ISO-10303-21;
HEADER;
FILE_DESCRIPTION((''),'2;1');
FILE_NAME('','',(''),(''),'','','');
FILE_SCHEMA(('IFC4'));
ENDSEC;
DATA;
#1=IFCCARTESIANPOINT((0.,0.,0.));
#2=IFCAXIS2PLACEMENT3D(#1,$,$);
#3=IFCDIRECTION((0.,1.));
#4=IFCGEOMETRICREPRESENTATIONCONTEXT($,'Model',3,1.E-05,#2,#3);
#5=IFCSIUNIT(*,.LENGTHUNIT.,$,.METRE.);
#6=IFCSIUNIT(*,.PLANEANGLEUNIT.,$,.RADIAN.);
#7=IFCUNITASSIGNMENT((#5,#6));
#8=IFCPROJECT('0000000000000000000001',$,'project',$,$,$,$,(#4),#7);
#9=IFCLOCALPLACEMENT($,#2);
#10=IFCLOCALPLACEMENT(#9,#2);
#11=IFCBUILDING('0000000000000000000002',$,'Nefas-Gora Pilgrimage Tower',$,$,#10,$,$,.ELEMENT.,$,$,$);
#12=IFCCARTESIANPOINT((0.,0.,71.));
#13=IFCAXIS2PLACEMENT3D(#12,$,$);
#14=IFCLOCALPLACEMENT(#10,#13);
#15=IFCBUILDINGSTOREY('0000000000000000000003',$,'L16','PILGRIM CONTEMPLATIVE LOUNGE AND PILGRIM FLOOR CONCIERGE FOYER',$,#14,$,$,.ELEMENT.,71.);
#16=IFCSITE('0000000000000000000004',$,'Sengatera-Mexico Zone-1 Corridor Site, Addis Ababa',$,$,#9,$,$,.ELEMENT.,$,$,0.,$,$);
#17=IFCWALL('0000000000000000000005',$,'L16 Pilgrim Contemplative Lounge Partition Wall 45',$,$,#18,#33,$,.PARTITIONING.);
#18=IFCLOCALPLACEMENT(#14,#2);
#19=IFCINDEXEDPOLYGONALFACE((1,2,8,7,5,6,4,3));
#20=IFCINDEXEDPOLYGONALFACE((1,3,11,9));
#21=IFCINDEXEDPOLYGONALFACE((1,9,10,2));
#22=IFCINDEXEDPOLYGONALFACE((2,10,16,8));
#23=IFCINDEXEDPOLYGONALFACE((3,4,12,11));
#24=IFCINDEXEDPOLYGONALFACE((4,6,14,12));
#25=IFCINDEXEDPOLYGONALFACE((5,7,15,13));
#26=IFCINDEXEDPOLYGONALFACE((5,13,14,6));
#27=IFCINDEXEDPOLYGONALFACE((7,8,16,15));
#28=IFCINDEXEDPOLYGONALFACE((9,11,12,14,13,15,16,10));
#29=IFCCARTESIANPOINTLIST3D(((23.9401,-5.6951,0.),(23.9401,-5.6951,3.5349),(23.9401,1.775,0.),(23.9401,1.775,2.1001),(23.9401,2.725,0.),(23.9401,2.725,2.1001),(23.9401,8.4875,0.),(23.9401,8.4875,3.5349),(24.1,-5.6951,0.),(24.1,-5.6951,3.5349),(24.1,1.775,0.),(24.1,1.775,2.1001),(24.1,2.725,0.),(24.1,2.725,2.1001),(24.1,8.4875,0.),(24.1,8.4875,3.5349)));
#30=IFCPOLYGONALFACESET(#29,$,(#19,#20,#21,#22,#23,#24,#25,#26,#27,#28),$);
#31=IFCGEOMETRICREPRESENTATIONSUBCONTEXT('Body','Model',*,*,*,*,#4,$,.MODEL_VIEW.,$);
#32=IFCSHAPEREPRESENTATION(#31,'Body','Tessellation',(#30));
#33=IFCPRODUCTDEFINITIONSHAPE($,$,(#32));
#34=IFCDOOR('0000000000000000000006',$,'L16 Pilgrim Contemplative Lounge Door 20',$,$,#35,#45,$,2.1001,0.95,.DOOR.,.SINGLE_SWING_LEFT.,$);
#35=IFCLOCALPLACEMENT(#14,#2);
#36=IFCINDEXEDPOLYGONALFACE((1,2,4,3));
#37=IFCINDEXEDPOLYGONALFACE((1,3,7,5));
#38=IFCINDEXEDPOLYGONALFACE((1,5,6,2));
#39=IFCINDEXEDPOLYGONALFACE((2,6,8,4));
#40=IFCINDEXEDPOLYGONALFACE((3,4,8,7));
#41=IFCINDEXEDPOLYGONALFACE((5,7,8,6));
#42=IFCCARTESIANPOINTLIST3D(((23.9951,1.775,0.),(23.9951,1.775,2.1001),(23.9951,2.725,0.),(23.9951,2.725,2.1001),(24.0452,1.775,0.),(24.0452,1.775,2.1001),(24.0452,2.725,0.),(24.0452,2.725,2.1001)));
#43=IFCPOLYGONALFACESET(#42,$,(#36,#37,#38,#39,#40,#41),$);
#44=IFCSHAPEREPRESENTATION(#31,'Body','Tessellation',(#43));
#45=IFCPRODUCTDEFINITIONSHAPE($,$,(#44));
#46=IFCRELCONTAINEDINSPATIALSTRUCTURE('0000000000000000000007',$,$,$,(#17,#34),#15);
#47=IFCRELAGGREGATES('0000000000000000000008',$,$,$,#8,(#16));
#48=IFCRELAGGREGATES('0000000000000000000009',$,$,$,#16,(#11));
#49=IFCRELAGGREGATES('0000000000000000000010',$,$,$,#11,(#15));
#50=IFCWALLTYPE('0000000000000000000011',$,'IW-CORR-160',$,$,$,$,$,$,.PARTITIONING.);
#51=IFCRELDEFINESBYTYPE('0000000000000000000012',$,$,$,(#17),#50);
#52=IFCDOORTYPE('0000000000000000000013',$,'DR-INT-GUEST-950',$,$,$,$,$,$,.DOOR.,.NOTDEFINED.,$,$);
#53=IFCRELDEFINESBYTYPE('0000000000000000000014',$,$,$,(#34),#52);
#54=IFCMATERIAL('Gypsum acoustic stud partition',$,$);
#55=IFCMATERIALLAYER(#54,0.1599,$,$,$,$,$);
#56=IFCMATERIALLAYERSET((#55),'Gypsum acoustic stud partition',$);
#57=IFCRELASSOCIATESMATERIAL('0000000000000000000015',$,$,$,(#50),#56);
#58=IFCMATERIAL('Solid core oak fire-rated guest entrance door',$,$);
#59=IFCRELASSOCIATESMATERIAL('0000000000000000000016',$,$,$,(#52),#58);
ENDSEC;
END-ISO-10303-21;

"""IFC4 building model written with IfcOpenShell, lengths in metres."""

from ifc_helpers import new_model, si_unit, direction, frame, frame_2d, origin, place, context, subcontext, project, spatial, rectangle, extrude, source, transform, mapped, material, layer, layer_set, type_object, element, fill, save


model = new_model("IFC4")

# Units and contexts
model_context = context("Model", 3, precision=1e-05, world=origin(), true_north=direction((0.0, 1.0)))
body_context = subcontext(model_context, "Body", "Model", "MODEL_VIEW")
ifc_project = project(units=[si_unit("LENGTHUNIT", "METRE"), si_unit("PLANEANGLEUNIT", "RADIAN")], contexts=[model_context])

# Site, building, storey
site_placement = place(None, origin())
site = spatial("IfcSite", under=ifc_project, at=site_placement, Name="Sengatera-Mexico Zone-1 Corridor Site, Addis Ababa", CompositionType="ELEMENT", RefElevation=0.0)
building_placement = place(site_placement, origin())
building = spatial("IfcBuilding", under=site, at=building_placement, Name="Nefas-Gora Pilgrimage Tower", CompositionType="ELEMENT")
storey_placement = place(building_placement, frame((0.0, 0.0, 71.0)))
storey = spatial("IfcBuildingStorey", under=building, at=storey_placement, Name="L16", Description="PILGRIM CONTEMPLATIVE LOUNGE AND PILGRIM FLOOR CONCIERGE FOYER", CompositionType="ELEMENT", Elevation=71.0)

# Wall, opening, door
ifc_material_1 = material(Name="Gypsum acoustic stud partition")
ifc_layer_1 = layer(ifc_material_1, 0.1599)
ifc_layer_set_1 = layer_set([ifc_layer_1], Name="Gypsum acoustic stud partition")
wall_type_1 = type_object("IfcWallType", Name="IW-CORR-160", PredefinedType="PARTITIONING", material=ifc_layer_set_1)
shared_shape_1 = source(origin(), body_context, "Body", "SweptSolid", [
    extrude(rectangle(XDim=14.1826, YDim=0.1599, at=frame_2d((7.0913, 0.0))), origin(), (0.0, 0.0, 1.0), 3.5349),
])
wall_1_placement = place(storey_placement, frame((24.02, -5.6951, 0.0), z_axis=(0.0, 0.0, 1.0), x_axis=(0.0, 1.0, 0.0)))
wall_1 = element("IfcWall", 1, at=wall_1_placement, inside=storey, type_object=wall_type_1, Name="L16 Pilgrim Contemplative Lounge Partition Wall 45", PredefinedType="PARTITIONING", context=body_context, shape_type="MappedRepresentation", body=[
    mapped(shared_shape_1, transform((0.0, 0.0, 0.0), x_axis=(1.0, 0.0, 0.0), y_axis=(0.0, 1.0, 0.0), z_axis=(0.0, 0.0, 1.0), scale=1.0)),
])
opening_1_placement = place(wall_1_placement, frame((7.47, 0.0, 0.0)))
opening_1 = element("IfcOpeningElement", 2, at=opening_1_placement, cuts=wall_1, PredefinedType="OPENING", context=body_context, shape_type="SweptSolid", body=[
    extrude(rectangle(XDim=0.95, YDim=2.1001, at=frame_2d((0.4751, 1.05))), frame((0.0, 0.0898, 0.0), z_axis=(0.0, -1.0, 0.0), x_axis=(1.0, 0.0, 0.0)), (0.0, 0.0, 1.0), 0.1799),
])
ifc_material_2 = material(Name="Solid core oak fire-rated guest entrance door")
door_type = type_object("IfcDoorType", Name="DR-INT-GUEST-950", OperationType="NOTDEFINED", PredefinedType="DOOR", material=ifc_material_2)
shared_shape_2 = source(origin(), body_context, "Body", "SweptSolid", [
    extrude(rectangle(XDim=0.95, YDim=2.1001, at=frame_2d((0.4751, 1.05))), frame((0.0, 0.0249, 0.0), z_axis=(0.0, -1.0, 0.0), x_axis=(1.0, 0.0, 0.0)), (0.0, 0.0, 1.0), 0.05),
])
door_placement = place(opening_1_placement, origin())
door = element("IfcDoor", 3, at=door_placement, inside=storey, type_object=door_type, Name="L16 Pilgrim Contemplative Lounge Door 20", OperationType="SINGLE_SWING_LEFT", OverallHeight=2.1001, OverallWidth=0.95, PredefinedType="DOOR", context=body_context, shape_type="MappedRepresentation", body=[
    mapped(shared_shape_2, transform((0.0, 0.0, 0.0), x_axis=(1.0, 0.0, 0.0), y_axis=(0.0, 1.0, 0.0), z_axis=(0.0, 0.0, 1.0), scale=1.0)),
])
fill(opening_1, door)

save(model, "model.ifc")
